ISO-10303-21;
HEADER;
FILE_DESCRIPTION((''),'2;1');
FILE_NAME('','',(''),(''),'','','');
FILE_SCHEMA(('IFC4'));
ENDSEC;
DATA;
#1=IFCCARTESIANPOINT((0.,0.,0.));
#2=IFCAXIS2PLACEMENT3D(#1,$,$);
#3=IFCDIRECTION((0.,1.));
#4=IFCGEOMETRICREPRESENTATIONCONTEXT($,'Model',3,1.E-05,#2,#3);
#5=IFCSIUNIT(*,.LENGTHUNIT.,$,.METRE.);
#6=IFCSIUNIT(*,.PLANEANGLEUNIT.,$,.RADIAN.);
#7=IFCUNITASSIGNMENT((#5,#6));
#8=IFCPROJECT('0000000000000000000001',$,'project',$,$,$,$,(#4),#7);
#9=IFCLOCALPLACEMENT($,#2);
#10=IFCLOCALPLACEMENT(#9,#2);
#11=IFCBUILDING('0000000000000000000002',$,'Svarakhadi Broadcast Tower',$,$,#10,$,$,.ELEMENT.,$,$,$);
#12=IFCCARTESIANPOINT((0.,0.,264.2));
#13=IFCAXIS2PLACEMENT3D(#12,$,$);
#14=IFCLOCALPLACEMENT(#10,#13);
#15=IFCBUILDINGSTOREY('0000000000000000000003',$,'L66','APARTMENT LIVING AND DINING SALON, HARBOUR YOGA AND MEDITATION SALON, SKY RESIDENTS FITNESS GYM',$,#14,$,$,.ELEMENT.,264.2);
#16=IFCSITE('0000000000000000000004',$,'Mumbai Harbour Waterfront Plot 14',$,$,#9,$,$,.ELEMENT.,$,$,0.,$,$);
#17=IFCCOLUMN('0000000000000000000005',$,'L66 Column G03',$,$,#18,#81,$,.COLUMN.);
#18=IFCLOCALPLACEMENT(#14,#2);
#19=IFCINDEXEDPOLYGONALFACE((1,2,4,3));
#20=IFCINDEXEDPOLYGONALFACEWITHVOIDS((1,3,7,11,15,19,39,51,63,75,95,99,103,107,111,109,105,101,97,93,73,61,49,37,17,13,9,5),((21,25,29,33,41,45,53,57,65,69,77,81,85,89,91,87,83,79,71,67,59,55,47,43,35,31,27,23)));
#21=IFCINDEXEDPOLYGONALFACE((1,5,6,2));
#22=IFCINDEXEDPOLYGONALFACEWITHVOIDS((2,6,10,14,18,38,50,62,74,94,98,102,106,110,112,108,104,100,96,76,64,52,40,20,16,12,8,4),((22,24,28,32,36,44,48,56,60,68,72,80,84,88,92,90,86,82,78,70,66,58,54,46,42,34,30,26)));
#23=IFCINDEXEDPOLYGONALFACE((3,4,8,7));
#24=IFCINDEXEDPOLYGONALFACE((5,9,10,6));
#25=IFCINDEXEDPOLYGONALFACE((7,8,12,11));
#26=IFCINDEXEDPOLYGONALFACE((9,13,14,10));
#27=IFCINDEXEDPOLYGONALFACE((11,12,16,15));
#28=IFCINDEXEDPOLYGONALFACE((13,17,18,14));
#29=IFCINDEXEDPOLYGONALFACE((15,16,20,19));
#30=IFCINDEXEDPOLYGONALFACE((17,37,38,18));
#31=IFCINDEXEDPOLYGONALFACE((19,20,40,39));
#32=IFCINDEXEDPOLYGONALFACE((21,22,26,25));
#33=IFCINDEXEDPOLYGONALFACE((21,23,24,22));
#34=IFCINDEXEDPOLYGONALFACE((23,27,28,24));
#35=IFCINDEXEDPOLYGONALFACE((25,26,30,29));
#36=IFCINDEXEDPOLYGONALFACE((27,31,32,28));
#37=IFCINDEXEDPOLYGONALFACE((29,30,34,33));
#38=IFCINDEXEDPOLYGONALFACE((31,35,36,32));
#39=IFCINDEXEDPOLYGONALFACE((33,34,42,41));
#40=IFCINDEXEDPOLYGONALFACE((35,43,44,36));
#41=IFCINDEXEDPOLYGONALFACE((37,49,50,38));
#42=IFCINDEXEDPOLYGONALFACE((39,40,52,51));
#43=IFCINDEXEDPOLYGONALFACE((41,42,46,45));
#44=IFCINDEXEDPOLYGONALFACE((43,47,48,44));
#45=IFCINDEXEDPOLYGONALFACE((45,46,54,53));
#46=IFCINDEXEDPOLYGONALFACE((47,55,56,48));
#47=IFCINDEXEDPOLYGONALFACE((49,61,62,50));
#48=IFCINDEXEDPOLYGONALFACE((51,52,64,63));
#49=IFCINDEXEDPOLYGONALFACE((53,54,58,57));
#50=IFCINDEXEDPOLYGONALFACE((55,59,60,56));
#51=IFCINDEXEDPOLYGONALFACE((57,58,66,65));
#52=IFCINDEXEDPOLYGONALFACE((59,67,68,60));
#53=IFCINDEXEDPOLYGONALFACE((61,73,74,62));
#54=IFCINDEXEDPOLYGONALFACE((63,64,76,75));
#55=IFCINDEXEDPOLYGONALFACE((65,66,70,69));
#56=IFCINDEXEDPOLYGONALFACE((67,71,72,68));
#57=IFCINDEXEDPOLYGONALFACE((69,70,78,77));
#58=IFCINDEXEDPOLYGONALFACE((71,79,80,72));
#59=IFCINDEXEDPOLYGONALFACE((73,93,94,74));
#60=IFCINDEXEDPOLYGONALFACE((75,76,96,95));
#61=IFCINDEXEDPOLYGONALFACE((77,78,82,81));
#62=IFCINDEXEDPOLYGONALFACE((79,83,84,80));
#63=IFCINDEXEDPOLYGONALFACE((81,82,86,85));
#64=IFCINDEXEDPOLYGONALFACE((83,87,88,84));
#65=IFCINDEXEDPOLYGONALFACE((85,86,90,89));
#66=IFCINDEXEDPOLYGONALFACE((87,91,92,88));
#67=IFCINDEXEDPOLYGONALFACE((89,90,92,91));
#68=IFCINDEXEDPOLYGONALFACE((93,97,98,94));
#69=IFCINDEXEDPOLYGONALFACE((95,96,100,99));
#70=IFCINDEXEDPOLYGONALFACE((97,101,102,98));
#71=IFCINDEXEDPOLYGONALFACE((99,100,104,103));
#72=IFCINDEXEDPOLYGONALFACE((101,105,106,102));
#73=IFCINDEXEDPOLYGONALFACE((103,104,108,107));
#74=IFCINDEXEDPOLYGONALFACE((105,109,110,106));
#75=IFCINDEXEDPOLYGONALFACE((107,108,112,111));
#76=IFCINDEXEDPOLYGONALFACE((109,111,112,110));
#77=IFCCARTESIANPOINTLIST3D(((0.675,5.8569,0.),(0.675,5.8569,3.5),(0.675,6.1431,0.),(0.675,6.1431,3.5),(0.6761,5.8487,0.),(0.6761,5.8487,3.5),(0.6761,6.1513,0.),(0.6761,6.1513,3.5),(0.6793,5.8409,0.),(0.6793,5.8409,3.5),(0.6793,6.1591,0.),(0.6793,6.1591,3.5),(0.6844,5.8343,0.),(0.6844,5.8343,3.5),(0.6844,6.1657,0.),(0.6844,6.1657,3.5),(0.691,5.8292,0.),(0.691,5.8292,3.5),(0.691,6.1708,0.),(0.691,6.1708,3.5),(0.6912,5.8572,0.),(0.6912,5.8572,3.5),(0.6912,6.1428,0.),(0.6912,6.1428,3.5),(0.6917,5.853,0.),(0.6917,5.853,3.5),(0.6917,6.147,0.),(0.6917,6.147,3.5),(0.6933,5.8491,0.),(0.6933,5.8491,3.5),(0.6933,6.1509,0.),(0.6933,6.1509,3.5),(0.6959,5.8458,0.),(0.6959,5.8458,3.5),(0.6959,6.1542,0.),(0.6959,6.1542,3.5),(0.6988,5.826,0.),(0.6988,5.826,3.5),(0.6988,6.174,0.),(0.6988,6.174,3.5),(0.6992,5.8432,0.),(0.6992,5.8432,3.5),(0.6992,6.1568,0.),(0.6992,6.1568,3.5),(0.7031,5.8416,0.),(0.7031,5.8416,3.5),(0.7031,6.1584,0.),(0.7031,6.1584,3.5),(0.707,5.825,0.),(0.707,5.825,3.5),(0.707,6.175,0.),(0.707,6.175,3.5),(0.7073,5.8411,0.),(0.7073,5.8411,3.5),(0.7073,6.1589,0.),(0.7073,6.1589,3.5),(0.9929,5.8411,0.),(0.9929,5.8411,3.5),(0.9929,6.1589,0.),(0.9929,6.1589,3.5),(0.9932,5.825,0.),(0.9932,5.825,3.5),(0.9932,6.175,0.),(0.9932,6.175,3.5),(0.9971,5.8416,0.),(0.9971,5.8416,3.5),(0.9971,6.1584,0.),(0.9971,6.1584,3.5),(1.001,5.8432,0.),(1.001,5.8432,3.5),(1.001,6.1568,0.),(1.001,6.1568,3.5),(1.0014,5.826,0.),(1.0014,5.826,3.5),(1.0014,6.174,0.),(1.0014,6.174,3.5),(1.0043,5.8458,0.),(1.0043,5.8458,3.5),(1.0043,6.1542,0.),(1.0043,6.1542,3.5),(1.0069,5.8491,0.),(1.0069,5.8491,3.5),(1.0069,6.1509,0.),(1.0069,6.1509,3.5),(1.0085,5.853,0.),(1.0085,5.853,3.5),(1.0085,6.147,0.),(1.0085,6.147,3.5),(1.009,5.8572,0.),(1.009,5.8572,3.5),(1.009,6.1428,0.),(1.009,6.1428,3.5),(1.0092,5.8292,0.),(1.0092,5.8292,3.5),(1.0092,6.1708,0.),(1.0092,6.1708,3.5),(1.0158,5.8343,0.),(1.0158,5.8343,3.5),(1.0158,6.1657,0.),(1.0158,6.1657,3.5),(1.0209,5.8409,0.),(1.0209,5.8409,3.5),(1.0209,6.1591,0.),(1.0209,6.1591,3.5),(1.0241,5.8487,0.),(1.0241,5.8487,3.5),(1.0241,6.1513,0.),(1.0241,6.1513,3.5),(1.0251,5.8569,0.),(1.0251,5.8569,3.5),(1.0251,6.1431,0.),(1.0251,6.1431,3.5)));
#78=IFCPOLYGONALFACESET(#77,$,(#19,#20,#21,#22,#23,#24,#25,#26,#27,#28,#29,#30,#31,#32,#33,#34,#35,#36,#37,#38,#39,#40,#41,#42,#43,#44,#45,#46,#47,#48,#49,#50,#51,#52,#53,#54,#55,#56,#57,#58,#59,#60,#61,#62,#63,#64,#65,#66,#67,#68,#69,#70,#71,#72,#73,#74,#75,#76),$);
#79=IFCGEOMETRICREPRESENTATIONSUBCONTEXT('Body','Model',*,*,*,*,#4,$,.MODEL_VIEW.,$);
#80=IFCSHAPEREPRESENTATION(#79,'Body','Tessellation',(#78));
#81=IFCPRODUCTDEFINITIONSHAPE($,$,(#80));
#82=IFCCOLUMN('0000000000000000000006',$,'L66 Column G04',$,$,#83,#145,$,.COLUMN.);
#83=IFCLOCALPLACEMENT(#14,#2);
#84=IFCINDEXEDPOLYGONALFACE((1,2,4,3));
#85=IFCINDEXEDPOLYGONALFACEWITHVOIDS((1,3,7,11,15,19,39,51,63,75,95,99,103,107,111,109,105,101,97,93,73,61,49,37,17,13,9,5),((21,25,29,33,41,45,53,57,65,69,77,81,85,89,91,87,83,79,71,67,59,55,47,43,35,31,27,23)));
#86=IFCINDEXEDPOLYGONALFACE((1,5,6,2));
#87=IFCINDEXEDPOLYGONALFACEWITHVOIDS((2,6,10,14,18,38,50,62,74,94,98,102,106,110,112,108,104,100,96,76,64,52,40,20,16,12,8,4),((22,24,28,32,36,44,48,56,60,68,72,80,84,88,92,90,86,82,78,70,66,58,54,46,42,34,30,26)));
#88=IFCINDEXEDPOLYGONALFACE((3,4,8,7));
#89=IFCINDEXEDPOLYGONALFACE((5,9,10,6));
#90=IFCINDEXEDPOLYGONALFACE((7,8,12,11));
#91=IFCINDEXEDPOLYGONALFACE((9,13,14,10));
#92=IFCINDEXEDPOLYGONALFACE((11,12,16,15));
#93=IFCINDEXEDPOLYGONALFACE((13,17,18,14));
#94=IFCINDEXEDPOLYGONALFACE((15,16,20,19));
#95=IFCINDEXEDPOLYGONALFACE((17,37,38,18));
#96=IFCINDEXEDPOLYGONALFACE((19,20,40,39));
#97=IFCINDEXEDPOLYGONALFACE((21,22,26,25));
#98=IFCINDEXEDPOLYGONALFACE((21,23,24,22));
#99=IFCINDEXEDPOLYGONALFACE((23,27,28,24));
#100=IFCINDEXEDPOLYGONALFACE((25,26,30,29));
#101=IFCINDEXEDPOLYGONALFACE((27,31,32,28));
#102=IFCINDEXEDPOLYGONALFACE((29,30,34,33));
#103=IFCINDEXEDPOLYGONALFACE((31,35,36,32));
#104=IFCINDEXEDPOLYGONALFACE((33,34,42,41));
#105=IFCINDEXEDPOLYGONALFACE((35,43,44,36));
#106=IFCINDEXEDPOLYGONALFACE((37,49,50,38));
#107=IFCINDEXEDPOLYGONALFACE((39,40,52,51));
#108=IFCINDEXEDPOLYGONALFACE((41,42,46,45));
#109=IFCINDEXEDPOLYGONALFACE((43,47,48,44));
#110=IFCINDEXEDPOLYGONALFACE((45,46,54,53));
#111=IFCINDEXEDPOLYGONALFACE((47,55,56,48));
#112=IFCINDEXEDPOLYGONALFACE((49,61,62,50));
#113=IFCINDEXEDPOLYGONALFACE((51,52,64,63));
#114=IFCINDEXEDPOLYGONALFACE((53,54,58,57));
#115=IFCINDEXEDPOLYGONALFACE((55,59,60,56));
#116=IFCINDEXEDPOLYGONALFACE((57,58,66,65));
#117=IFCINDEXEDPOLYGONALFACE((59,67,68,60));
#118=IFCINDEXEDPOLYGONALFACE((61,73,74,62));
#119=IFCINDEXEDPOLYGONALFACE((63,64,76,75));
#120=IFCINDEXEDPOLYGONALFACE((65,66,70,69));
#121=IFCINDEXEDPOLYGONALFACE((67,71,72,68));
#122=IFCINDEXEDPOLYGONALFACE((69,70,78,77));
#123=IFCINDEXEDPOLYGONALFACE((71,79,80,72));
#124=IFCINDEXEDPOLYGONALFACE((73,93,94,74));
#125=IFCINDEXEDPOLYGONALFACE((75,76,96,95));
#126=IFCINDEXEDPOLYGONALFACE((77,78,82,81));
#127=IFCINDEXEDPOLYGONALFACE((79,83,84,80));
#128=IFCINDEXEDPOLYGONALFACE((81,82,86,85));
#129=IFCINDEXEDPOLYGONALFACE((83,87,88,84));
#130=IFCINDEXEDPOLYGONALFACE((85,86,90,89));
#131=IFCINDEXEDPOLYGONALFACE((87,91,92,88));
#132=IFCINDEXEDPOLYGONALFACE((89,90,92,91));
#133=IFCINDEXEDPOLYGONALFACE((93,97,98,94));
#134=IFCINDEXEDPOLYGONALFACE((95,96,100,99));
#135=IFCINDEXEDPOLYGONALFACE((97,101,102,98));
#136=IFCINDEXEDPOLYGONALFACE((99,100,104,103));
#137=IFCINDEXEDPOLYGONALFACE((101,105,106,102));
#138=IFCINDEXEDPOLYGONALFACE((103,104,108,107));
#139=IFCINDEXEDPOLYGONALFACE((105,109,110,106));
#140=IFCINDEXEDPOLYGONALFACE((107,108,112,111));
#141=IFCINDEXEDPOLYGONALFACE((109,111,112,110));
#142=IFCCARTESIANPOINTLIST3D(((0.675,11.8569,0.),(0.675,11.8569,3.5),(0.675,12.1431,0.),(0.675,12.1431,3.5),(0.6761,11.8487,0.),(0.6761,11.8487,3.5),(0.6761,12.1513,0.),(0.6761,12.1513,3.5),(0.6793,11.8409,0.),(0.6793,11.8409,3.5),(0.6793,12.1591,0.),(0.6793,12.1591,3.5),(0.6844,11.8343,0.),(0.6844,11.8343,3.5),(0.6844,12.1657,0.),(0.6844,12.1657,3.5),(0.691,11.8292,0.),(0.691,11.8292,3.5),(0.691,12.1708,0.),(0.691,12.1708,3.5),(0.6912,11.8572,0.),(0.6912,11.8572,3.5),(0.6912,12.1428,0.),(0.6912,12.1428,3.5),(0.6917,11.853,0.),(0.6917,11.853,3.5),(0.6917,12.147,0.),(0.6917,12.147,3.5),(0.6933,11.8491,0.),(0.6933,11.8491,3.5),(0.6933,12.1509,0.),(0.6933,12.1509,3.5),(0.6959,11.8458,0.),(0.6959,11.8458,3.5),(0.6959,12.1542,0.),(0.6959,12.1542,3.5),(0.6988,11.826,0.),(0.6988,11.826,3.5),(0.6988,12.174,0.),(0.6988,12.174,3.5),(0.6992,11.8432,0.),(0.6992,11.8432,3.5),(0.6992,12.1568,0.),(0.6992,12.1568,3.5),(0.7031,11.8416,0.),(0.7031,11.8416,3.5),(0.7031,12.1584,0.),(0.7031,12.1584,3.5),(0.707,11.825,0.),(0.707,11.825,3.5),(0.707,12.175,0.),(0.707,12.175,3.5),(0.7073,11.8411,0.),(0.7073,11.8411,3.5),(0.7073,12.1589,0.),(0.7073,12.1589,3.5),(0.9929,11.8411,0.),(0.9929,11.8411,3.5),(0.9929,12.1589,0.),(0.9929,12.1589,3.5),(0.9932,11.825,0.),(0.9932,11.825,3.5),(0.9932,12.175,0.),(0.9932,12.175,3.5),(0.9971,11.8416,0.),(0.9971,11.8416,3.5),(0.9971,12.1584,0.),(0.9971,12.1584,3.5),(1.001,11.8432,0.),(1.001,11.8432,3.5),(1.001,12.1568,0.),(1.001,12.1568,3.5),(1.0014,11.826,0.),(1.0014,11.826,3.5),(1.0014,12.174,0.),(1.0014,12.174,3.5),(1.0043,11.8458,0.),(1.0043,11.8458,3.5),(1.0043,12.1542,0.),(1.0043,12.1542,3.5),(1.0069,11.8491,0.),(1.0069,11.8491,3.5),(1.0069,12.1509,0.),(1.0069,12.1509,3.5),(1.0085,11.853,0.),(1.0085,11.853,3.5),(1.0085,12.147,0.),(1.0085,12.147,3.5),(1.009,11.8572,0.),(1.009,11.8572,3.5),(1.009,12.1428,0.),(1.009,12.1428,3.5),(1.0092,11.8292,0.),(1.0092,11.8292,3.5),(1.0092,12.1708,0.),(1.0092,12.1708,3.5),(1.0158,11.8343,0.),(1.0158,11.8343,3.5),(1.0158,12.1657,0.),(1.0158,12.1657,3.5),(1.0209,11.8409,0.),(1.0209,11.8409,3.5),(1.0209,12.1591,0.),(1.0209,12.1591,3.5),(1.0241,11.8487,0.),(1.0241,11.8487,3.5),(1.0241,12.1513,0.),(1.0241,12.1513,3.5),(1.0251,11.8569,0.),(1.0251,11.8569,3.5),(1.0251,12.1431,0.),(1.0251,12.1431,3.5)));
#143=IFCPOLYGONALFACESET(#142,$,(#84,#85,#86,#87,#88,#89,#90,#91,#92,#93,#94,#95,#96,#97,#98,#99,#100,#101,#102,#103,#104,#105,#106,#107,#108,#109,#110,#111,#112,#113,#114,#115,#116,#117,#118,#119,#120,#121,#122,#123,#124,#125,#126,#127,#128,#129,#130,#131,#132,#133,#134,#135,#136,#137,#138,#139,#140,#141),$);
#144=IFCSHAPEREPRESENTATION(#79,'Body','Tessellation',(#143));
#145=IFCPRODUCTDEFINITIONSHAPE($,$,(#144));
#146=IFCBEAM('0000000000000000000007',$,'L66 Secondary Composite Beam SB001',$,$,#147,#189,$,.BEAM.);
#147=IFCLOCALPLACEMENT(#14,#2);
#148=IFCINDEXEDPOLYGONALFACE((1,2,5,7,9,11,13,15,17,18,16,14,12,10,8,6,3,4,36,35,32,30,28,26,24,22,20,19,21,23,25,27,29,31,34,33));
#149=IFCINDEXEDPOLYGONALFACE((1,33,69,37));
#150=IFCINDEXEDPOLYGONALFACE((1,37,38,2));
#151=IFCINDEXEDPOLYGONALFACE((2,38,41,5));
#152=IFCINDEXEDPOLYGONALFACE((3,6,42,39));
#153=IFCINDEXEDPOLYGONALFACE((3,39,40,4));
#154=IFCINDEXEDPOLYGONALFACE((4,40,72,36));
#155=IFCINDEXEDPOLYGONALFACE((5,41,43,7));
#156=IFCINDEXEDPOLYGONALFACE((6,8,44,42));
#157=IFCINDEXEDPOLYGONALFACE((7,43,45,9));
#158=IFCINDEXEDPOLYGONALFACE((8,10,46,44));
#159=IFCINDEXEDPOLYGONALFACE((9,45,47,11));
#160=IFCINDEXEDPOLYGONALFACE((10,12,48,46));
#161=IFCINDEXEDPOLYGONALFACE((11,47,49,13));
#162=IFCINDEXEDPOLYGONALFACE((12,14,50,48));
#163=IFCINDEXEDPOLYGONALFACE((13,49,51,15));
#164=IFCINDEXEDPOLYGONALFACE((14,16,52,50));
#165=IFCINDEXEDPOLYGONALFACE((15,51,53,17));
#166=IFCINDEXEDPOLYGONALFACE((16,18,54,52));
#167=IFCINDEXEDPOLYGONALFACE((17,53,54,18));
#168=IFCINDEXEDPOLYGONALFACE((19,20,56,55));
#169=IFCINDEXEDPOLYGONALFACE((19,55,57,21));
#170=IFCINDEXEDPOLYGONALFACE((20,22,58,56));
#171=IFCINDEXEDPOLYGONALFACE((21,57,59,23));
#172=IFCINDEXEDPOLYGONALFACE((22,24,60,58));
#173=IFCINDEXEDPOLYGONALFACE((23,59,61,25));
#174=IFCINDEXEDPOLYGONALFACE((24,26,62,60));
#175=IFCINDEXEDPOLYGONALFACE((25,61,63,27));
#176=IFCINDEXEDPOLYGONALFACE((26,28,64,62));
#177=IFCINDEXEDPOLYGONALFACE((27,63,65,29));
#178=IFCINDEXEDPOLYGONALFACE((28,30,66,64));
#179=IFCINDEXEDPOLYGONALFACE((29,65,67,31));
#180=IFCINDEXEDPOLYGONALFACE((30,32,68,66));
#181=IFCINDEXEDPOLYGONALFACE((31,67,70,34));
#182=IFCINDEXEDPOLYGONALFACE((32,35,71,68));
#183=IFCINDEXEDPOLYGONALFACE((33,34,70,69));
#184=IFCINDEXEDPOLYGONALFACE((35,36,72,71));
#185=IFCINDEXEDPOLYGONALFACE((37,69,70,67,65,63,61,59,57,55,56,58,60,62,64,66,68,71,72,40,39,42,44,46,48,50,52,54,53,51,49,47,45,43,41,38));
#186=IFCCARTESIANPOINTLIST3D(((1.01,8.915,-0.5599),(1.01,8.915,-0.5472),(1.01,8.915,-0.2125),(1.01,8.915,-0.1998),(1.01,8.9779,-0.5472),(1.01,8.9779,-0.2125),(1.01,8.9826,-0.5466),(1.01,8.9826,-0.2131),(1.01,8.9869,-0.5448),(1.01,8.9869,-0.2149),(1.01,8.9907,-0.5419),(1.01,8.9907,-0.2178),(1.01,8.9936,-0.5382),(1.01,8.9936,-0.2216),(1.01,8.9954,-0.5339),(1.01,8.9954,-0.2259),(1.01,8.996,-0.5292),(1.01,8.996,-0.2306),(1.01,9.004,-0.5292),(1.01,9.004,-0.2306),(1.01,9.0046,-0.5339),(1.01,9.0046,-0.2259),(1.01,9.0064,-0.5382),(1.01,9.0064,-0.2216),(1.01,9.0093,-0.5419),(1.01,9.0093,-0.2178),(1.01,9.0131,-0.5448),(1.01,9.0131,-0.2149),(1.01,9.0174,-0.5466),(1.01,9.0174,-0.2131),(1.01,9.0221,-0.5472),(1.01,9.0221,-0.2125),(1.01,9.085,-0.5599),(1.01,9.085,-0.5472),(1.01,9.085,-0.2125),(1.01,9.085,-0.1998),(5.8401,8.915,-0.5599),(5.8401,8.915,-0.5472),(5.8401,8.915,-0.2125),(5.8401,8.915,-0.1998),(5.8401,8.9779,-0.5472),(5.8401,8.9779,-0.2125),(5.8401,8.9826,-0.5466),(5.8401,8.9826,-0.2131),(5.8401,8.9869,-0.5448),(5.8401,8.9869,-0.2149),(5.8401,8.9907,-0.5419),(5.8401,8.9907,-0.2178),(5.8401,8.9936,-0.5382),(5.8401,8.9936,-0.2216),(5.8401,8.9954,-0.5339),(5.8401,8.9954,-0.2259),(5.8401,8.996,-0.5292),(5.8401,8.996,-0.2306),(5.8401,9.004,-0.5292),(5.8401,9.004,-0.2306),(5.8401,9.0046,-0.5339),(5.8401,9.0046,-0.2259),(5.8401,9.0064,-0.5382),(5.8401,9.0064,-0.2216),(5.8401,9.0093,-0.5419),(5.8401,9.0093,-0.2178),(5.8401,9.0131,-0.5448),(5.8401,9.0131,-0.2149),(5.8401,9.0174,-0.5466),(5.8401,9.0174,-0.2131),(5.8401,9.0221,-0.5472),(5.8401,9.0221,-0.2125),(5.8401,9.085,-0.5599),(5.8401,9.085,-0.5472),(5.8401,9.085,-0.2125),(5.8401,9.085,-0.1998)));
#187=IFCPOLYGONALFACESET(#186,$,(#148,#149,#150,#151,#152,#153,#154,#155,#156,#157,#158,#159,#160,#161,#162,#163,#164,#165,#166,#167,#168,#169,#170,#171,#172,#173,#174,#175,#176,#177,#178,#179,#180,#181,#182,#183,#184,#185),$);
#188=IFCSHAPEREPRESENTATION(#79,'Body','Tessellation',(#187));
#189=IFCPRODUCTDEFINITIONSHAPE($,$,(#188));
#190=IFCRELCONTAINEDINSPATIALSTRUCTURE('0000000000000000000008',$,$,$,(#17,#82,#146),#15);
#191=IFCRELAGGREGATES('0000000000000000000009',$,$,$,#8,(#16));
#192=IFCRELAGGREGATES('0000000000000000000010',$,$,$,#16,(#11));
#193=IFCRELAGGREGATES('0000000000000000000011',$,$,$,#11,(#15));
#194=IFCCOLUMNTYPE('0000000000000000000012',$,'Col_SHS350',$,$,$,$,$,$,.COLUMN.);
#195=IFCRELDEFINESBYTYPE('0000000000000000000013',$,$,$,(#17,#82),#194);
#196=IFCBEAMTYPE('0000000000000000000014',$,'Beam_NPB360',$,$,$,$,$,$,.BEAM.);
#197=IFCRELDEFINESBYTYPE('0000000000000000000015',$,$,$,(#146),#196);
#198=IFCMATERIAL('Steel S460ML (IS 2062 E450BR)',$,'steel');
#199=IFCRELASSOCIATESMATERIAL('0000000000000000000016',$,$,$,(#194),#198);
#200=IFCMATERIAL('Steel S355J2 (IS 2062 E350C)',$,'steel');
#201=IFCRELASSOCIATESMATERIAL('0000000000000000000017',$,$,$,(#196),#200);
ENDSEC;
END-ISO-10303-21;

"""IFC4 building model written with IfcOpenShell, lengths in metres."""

from ifc_helpers import new_model, si_unit, direction, frame, origin, origin_2d, place, context, subcontext, project, spatial, hollow_rectangle, i_section, extrude, material, material_profile, profile_set, type_object, element, save


model = new_model("IFC4")

# Units and contexts
model_context = context("Model", 3, precision=1e-05, world=origin(), true_north=direction((0.0, 1.0)))
body_context = subcontext(model_context, "Body", "Model", "MODEL_VIEW")
ifc_project = project(units=[si_unit("LENGTHUNIT", "METRE"), si_unit("PLANEANGLEUNIT", "RADIAN")], contexts=[model_context])

# Site, building, storey
site_placement = place(None, origin())
site = spatial("IfcSite", under=ifc_project, at=site_placement, Name="Mumbai Harbour Waterfront Plot 14", CompositionType="ELEMENT", RefElevation=0.0)
building_placement = place(site_placement, origin())
building = spatial("IfcBuilding", under=site, at=building_placement, Name="Svarakhadi Broadcast Tower", CompositionType="ELEMENT")
storey_placement = place(building_placement, frame((0.0, 0.0, 264.2)))
storey = spatial("IfcBuildingStorey", under=building, at=storey_placement, Name="L66", Description="APARTMENT LIVING AND DINING SALON, HARBOUR YOGA AND MEDITATION SALON, SKY RESIDENTS FITNESS GYM", CompositionType="ELEMENT", Elevation=264.2)

# Columns
ifc_material_1 = material(Name="Steel S460ML (IS 2062 E450BR)", Category="steel")
ifc_material_profile_1 = material_profile(ifc_material_1, hollow_rectangle(XDim=0.3501, YDim=0.3501, WallThickness=0.0161, InnerFilletRadius=0.0161, OuterFilletRadius=0.032, at=origin_2d()), Name="SHS 350x350x16")
ifc_profile_set_1 = profile_set([ifc_material_profile_1], Name="Steel S460ML (IS 2062 E450BR)")
column_type = type_object("IfcColumnType", Name="Col_SHS350", PredefinedType="COLUMN", material=ifc_profile_set_1)
for number, where, z_axis, x_axis, name in (
    (1, (0.8501, 6.0, 0.0), (0.0, 0.0, 1.0), (1.0, 0.0, 0.0), "L66 Column G03"),
    (2, (0.8501, 12.0, 0.0), (0.0, 0.0, 1.0), (1.0, 0.0, 0.0), "L66 Column G04"),
):
    element("IfcColumn", number, at=place(storey_placement, frame(where, z_axis=z_axis, x_axis=x_axis)), inside=storey, type_object=column_type, Name=name, PredefinedType="COLUMN", context=body_context, shape_type="SweptSolid", body=[
        extrude(hollow_rectangle(XDim=0.3501, YDim=0.3501, WallThickness=0.0161, InnerFilletRadius=0.0161, OuterFilletRadius=0.032, at=origin_2d()), origin(), (0.0, 0.0, 1.0), 3.5),
    ])

# Beam
ifc_material_2 = material(Name="Steel S355J2 (IS 2062 E350C)", Category="steel")
ifc_material_profile_2 = material_profile(ifc_material_2, i_section(OverallWidth=0.1699, OverallDepth=0.3601, WebThickness=0.0081, FlangeThickness=0.0127, FilletRadius=0.0181, at=origin_2d()), Name="NPB 360x170x57")
ifc_profile_set_2 = profile_set([ifc_material_profile_2], Name="Steel S355J2 (IS 2062 E350C)")
beam_type_1 = type_object("IfcBeamType", Name="Beam_NPB360", PredefinedType="BEAM", material=ifc_profile_set_2)
beam_1_placement = place(storey_placement, frame((1.01, 9.0, -0.3799), z_axis=(1.0, 0.0, 0.0), x_axis=(0.0, 1.0, 0.0)))
element("IfcBeam", 3, at=beam_1_placement, inside=storey, type_object=beam_type_1, Name="L66 Secondary Composite Beam SB001", PredefinedType="BEAM", context=body_context, shape_type="SweptSolid", body=[
    extrude(i_section(OverallWidth=0.1699, OverallDepth=0.3601, WebThickness=0.0081, FlangeThickness=0.0127, FilletRadius=0.0181, at=origin_2d()), origin(), (0.0, 0.0, 1.0), 4.8301),
])

save(model, "model.ifc")
